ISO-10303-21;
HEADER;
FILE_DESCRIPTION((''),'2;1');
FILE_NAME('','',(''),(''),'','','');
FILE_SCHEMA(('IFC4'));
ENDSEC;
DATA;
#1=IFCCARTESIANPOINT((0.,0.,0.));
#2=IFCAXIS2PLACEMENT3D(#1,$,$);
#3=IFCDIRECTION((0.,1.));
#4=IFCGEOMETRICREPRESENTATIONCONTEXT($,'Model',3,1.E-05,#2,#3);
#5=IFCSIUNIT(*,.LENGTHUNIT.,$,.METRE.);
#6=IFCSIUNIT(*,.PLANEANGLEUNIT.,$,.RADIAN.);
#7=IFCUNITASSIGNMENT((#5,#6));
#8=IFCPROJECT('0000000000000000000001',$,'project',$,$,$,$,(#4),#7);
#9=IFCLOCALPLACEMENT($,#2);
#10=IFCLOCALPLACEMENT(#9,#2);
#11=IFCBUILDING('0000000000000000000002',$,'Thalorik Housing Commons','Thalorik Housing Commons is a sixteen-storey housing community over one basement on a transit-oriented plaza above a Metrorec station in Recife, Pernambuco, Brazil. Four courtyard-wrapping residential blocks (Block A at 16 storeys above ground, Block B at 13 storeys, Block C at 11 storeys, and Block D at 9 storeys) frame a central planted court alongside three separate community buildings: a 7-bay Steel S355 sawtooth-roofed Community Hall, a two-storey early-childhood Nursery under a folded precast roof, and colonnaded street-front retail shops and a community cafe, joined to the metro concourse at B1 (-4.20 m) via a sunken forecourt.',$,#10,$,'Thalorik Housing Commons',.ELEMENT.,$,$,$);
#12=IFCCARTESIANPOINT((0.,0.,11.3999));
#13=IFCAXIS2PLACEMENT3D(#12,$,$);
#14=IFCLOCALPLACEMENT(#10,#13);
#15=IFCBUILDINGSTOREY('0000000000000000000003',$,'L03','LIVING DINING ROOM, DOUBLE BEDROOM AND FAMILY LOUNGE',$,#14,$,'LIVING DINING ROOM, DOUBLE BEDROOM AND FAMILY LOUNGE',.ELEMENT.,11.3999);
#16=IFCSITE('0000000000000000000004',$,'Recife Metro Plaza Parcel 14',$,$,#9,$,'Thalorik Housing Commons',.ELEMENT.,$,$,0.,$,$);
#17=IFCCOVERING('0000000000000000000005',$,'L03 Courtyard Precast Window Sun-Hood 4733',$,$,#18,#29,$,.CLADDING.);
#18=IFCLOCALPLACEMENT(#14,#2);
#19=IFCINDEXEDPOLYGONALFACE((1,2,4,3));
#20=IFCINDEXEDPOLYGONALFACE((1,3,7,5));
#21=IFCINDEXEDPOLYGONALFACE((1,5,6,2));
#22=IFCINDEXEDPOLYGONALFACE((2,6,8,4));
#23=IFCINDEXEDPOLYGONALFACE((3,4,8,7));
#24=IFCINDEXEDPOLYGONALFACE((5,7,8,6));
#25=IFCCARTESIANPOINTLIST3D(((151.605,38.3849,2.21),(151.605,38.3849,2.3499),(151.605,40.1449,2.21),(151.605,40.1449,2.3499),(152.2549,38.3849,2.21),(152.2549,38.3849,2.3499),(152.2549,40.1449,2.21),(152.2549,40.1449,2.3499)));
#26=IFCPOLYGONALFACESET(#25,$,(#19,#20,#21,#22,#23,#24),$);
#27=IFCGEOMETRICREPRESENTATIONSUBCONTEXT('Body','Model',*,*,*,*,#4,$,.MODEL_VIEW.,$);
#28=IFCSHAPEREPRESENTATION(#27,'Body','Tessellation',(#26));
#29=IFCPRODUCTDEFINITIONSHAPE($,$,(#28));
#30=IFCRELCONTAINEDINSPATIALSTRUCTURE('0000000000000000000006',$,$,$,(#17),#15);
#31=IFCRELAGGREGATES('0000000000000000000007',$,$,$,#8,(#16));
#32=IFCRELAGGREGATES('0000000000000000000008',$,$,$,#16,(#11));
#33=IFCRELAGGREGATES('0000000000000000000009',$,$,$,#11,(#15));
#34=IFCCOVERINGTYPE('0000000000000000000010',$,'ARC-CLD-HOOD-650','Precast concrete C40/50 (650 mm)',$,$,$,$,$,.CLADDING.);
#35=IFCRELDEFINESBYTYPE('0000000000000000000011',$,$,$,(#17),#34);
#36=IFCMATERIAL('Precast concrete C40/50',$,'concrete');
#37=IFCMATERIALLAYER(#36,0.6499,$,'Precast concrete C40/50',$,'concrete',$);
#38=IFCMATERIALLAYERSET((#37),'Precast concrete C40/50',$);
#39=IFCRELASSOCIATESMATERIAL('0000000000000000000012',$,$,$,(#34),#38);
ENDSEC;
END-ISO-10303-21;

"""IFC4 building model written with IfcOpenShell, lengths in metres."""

from ifc_helpers import new_model, si_unit, direction, frame, origin, origin_2d, place, context, subcontext, project, spatial, rectangle, extrude, material, layer, layer_set, type_object, element, save


model = new_model("IFC4")

# Units and contexts
model_context = context("Model", 3, precision=1e-05, world=origin(), true_north=direction((0.0, 1.0)))
body_context = subcontext(model_context, "Body", "Model", "MODEL_VIEW")
ifc_project = project(units=[si_unit("LENGTHUNIT", "METRE"), si_unit("PLANEANGLEUNIT", "RADIAN")], contexts=[model_context])

# Site, building, storey
site_placement = place(None, origin())
site = spatial("IfcSite", under=ifc_project, at=site_placement, Name="Recife Metro Plaza Parcel 14", LongName="Thalorik Housing Commons", CompositionType="ELEMENT", RefElevation=0.0)
building_placement = place(site_placement, origin())
building = spatial("IfcBuilding", under=site, at=building_placement, Name="Thalorik Housing Commons", Description="Thalorik Housing Commons is a sixteen-storey housing community over one basement on a transit-oriented plaza above a Metrorec station in Recife, Pernambuco, Brazil. Four courtyard-wrapping residential blocks (Block A at 16 storeys above ground, Block B at 13 storeys, Block C at 11 storeys, and Block D at 9 storeys) frame a central planted court alongside three separate community buildings: a 7-bay Steel S355 sawtooth-roofed Community Hall, a two-storey early-childhood Nursery under a folded precast roof, and colonnaded street-front retail shops and a community cafe, joined to the metro concourse at B1 (-4.20 m) via a sunken forecourt.", LongName="Thalorik Housing Commons", CompositionType="ELEMENT")
storey_placement = place(building_placement, frame((0.0, 0.0, 11.3999)))
storey = spatial("IfcBuildingStorey", under=building, at=storey_placement, Name="L03", Description="LIVING DINING ROOM, DOUBLE BEDROOM AND FAMILY LOUNGE", LongName="LIVING DINING ROOM, DOUBLE BEDROOM AND FAMILY LOUNGE", CompositionType="ELEMENT", Elevation=11.3999)

# Shared definitions
ifc_material_1 = material(Name="Precast concrete C40/50", Category="concrete")

# Covering
ifc_layer_1 = layer(ifc_material_1, 0.6499, Name="Precast concrete C40/50", Category="concrete")
ifc_layer_set_1 = layer_set([ifc_layer_1], Name="Precast concrete C40/50")
covering_type_1 = type_object("IfcCoveringType", Name="ARC-CLD-HOOD-650", Description="Precast concrete C40/50 (650 mm)", PredefinedType="CLADDING", material=ifc_layer_set_1)
covering_1_placement = place(storey_placement, frame((151.9299, 39.2649, 2.21), z_axis=(0.0, 0.0, 1.0), x_axis=(0.0, -1.0, 0.0)))
element("IfcCovering", 1, at=covering_1_placement, inside=storey, type_object=covering_type_1, Name="L03 Courtyard Precast Window Sun-Hood 4733", PredefinedType="CLADDING", context=body_context, shape_type="SweptSolid", body=[
    extrude(rectangle(XDim=1.76, YDim=0.6499, at=origin_2d()), origin(), (0.0, 0.0, 1.0), 0.1399),
])

save(model, "model.ifc")
